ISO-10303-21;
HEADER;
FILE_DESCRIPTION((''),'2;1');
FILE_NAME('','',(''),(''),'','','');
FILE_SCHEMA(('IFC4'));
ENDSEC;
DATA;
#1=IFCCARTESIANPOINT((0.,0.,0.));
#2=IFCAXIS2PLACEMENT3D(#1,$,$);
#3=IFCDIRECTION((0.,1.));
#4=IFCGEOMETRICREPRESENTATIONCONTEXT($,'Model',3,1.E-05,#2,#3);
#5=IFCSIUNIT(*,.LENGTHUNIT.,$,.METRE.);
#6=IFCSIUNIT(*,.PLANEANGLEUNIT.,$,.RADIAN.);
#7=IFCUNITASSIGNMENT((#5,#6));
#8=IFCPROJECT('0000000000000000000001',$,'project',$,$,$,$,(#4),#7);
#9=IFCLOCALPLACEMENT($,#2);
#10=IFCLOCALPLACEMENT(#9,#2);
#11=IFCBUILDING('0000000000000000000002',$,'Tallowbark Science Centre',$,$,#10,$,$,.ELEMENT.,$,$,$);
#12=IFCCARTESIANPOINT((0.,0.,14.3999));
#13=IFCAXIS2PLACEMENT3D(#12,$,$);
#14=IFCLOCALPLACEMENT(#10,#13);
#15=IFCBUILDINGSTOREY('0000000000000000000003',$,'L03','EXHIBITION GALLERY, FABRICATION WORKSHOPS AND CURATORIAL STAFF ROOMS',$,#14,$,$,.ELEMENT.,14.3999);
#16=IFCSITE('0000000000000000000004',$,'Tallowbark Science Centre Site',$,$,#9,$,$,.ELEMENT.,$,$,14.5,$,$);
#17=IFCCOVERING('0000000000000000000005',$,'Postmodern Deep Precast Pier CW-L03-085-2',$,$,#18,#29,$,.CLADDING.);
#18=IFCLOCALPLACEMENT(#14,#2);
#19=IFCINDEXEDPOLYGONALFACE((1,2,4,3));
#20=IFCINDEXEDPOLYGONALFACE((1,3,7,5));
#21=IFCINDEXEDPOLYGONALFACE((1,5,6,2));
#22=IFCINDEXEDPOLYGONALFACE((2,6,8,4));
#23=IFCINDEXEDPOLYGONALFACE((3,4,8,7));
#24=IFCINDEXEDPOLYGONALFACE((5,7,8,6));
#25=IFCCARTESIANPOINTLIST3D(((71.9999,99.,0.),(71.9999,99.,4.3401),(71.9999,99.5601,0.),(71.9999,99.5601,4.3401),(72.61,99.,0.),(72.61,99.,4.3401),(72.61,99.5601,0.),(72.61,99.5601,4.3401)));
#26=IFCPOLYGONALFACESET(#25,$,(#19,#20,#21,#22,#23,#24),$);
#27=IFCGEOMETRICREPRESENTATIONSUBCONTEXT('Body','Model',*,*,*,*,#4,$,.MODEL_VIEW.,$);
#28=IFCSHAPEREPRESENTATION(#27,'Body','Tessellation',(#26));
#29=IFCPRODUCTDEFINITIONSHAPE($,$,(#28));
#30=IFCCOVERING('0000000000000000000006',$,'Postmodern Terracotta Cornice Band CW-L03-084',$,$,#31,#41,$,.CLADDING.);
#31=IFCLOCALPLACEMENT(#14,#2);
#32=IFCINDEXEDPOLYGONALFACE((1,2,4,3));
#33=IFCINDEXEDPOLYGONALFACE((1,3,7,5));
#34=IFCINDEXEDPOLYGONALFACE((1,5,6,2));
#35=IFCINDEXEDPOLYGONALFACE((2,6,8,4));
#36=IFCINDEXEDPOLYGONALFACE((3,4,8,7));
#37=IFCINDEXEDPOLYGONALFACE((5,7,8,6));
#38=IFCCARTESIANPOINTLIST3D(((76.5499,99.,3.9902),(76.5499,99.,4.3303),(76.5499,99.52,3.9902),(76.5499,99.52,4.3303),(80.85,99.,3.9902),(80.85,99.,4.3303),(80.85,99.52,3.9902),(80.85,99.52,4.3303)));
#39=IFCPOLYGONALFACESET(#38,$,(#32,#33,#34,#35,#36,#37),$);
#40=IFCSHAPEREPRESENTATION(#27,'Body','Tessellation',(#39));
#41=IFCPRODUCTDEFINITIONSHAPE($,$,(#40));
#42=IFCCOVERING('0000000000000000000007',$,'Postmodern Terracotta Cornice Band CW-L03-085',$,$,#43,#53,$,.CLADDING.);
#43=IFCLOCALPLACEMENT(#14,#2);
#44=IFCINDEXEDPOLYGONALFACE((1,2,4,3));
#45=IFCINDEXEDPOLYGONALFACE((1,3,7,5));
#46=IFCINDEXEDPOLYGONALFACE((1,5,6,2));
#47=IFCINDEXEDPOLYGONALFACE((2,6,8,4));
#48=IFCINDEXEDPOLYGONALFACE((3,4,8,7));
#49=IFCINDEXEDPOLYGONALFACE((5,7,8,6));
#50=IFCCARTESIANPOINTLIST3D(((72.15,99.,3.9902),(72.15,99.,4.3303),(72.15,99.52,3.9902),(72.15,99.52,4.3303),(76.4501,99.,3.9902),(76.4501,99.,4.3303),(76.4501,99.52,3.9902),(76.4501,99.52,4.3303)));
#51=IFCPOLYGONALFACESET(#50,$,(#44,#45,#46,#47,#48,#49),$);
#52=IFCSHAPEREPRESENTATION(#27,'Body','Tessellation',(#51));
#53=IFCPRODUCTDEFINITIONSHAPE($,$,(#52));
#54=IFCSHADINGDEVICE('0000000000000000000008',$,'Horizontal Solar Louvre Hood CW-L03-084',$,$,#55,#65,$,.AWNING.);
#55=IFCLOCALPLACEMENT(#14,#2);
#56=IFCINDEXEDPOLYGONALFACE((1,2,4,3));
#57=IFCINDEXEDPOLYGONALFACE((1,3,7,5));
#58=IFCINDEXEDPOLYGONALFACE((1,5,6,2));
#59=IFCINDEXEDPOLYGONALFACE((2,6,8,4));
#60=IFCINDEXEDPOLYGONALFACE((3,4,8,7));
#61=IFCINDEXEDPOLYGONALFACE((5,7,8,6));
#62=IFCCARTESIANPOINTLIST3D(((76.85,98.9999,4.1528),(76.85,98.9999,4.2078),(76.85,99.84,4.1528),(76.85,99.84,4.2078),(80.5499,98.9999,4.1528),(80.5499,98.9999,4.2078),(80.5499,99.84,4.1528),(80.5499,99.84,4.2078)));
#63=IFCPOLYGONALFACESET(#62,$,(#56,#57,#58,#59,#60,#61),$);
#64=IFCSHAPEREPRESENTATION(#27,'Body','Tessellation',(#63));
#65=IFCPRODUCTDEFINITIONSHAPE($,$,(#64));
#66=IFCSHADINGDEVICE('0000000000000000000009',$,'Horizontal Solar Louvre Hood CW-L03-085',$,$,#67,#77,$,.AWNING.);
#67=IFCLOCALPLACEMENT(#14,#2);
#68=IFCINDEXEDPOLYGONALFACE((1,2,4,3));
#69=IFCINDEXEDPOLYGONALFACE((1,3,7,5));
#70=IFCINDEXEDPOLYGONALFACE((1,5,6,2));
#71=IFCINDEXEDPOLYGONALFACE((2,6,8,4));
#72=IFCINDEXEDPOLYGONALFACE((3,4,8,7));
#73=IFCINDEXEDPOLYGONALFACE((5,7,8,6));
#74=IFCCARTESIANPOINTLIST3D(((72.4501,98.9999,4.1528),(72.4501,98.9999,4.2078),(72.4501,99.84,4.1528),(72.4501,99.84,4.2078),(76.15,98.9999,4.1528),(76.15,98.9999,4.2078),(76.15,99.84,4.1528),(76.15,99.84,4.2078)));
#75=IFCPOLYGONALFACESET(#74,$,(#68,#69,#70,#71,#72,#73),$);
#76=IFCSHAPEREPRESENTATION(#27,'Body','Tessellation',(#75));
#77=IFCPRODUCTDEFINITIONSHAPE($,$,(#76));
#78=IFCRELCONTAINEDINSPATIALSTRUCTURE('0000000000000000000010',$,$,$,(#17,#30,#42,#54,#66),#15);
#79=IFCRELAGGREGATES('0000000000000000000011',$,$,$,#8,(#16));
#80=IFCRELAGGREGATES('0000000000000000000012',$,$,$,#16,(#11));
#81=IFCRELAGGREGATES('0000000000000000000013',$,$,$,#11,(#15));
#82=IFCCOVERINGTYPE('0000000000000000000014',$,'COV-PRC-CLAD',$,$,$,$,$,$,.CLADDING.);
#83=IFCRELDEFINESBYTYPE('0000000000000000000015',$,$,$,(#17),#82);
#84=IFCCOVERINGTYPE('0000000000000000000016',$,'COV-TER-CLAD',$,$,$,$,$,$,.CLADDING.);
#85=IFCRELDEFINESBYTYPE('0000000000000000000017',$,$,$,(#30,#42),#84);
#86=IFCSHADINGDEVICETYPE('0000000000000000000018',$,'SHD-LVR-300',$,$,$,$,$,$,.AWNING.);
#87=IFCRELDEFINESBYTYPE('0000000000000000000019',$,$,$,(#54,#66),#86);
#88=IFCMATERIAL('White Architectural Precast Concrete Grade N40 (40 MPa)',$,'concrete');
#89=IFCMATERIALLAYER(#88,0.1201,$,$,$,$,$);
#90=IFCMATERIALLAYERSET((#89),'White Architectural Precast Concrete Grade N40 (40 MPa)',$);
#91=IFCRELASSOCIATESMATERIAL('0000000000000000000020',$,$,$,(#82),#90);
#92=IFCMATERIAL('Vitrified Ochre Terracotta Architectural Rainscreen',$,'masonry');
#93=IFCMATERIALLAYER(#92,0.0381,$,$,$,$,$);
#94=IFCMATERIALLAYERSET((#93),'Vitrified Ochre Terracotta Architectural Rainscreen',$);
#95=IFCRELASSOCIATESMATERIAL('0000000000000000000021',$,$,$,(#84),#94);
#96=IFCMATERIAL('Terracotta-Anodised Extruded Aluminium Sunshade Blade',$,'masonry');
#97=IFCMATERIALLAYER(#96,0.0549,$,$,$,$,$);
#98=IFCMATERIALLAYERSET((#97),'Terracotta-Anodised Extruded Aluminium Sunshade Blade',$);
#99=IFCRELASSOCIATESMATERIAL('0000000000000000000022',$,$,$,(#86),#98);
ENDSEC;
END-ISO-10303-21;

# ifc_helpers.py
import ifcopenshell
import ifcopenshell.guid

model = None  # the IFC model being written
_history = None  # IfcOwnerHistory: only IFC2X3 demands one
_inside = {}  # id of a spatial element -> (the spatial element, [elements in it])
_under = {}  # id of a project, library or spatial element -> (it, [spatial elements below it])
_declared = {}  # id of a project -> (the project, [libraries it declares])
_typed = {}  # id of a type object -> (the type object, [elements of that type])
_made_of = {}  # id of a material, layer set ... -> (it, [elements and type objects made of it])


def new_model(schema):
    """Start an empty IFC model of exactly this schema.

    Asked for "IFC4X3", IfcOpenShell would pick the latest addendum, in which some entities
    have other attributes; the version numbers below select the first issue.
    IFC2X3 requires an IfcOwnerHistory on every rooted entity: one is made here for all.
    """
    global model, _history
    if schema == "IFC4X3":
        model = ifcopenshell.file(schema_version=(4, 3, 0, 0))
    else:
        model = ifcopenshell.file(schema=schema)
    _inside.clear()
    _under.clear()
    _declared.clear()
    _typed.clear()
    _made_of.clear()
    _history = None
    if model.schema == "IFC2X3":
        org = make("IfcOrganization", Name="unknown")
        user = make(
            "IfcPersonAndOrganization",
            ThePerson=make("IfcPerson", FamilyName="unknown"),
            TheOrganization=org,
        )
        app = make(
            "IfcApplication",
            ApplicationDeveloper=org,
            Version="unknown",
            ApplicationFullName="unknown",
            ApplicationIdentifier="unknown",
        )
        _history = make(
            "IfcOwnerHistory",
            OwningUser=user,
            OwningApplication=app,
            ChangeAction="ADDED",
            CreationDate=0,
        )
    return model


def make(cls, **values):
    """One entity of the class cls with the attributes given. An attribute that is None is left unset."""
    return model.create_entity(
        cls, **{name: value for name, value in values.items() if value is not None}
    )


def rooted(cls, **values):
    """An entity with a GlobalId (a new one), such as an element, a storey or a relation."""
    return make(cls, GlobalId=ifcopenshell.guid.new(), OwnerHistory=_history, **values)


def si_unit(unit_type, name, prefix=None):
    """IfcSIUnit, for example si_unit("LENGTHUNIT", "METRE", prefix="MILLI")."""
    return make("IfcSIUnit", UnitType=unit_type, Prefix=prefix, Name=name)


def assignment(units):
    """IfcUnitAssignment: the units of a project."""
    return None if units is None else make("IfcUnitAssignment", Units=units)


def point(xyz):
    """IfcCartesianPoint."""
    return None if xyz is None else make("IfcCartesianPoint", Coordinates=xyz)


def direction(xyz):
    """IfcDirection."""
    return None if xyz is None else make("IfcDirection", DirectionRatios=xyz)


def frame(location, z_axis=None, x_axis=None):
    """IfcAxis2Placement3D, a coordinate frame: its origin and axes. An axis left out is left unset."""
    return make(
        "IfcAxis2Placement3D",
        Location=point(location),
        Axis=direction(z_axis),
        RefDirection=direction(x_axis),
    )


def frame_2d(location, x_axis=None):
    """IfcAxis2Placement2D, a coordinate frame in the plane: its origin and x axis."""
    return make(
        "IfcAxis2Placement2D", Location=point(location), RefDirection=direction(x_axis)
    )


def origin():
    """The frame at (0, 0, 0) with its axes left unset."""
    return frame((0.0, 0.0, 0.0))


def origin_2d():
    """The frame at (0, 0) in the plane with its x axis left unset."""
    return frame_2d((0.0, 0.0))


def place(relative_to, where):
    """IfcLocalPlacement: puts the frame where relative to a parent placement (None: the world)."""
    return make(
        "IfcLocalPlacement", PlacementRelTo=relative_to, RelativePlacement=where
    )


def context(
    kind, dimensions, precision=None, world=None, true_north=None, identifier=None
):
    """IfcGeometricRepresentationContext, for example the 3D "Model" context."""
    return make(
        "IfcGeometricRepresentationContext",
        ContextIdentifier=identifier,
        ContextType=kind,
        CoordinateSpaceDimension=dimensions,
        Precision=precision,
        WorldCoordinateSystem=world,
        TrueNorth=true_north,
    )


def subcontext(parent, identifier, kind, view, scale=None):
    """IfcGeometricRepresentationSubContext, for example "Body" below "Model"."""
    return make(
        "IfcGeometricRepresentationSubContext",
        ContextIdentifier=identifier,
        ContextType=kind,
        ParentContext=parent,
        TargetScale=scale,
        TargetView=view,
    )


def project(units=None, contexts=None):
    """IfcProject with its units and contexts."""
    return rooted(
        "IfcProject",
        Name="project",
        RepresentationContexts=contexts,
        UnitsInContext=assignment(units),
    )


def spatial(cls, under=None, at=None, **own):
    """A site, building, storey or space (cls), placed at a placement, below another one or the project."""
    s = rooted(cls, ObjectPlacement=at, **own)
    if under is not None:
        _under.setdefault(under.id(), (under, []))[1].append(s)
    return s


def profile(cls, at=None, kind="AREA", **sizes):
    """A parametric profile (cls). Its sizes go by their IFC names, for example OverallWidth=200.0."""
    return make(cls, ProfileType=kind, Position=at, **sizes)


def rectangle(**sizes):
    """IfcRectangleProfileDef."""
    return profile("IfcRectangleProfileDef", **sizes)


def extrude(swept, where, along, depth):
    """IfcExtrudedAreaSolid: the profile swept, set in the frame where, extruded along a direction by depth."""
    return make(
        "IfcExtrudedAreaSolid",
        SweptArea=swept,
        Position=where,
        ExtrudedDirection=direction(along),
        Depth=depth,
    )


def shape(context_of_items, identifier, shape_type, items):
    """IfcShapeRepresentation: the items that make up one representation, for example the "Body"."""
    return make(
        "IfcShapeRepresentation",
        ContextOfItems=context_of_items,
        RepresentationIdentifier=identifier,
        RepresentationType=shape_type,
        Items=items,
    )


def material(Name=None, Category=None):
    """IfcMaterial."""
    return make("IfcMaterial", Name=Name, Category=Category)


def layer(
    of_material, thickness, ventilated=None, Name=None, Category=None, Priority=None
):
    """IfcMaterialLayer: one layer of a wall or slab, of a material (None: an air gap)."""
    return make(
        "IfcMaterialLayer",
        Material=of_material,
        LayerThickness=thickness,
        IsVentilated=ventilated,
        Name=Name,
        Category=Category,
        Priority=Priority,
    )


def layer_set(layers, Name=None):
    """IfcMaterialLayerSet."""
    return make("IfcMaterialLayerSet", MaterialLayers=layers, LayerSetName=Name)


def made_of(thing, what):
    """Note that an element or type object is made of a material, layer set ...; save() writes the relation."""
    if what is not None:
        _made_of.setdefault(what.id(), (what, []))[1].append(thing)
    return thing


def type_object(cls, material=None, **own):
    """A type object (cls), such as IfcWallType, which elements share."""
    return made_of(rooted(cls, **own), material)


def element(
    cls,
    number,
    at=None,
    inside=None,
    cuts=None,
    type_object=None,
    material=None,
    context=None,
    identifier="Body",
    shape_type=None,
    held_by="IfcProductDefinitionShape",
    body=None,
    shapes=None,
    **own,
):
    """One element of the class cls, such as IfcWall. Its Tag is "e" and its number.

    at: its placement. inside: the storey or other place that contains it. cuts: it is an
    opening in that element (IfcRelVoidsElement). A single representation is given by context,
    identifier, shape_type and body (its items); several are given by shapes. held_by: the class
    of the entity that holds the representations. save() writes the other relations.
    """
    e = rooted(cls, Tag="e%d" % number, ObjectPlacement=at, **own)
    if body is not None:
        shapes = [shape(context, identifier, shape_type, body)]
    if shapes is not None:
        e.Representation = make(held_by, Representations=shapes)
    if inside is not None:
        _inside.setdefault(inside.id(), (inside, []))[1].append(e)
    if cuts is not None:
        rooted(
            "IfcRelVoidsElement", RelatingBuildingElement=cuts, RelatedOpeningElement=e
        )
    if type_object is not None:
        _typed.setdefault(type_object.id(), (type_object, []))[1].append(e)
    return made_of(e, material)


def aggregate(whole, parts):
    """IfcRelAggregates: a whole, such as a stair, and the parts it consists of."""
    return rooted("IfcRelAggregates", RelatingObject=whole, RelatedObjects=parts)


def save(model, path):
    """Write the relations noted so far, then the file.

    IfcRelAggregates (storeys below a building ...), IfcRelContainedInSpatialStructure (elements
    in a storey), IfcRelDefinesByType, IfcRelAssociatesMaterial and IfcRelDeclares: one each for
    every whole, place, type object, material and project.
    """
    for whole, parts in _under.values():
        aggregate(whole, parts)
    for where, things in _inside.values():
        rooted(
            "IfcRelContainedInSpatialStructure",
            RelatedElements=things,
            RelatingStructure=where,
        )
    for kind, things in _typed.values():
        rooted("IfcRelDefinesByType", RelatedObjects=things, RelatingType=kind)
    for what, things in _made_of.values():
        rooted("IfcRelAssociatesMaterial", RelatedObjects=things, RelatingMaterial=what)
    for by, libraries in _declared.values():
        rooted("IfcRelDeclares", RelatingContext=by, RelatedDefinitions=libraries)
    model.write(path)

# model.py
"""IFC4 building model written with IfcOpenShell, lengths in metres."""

from ifc_helpers import new_model, si_unit, direction, frame, origin, origin_2d, place, context, subcontext, project, spatial, rectangle, extrude, material, layer, layer_set, type_object, element, save


model = new_model("IFC4")

# Units and contexts
model_context = context("Model", 3, precision=1e-05, world=origin(), true_north=direction((0.0, 1.0)))
body_context = subcontext(model_context, "Body", "Model", "MODEL_VIEW")
ifc_project = project(units=[si_unit("LENGTHUNIT", "METRE"), si_unit("PLANEANGLEUNIT", "RADIAN")], contexts=[model_context])

# Site, building, storey
site_placement = place(None, origin())
site = spatial("IfcSite", under=ifc_project, at=site_placement, Name="Tallowbark Science Centre Site", CompositionType="ELEMENT", RefElevation=14.5)
building_placement = place(site_placement, origin())
building = spatial("IfcBuilding", under=site, at=building_placement, Name="Tallowbark Science Centre", CompositionType="ELEMENT")
storey_placement = place(building_placement, frame((0.0, 0.0, 14.3999)))
storey = spatial("IfcBuildingStorey", under=building, at=storey_placement, Name="L03", Description="EXHIBITION GALLERY, FABRICATION WORKSHOPS AND CURATORIAL STAFF ROOMS", CompositionType="ELEMENT", Elevation=14.3999)

# Coverings
ifc_material_1 = material(Name="White Architectural Precast Concrete Grade N40 (40 MPa)", Category="concrete")
ifc_layer_1 = layer(ifc_material_1, 0.1201)
ifc_layer_set_1 = layer_set([ifc_layer_1], Name="White Architectural Precast Concrete Grade N40 (40 MPa)")
covering_type_1 = type_object("IfcCoveringType", Name="COV-PRC-CLAD", PredefinedType="CLADDING", material=ifc_layer_set_1)
covering_1_placement = place(storey_placement, frame((72.3049, 99.28, 0.0), z_axis=(0.0, 0.0, 1.0), x_axis=(-1.0, 0.0, 0.0)))
element("IfcCovering", 1, at=covering_1_placement, inside=storey, type_object=covering_type_1, Name="Postmodern Deep Precast Pier CW-L03-085-2", PredefinedType="CLADDING", context=body_context, shape_type="SweptSolid", body=[
    extrude(rectangle(XDim=0.6101, YDim=0.5601, at=origin_2d()), origin(), (0.0, 0.0, 1.0), 4.3401),
])
ifc_material_2 = material(Name="Vitrified Ochre Terracotta Architectural Rainscreen", Category="masonry")
ifc_layer_2 = layer(ifc_material_2, 0.0381)
ifc_layer_set_2 = layer_set([ifc_layer_2], Name="Vitrified Ochre Terracotta Architectural Rainscreen")
covering_type_2 = type_object("IfcCoveringType", Name="COV-TER-CLAD", PredefinedType="CLADDING", material=ifc_layer_set_2)
for number, where, z_axis, x_axis, name in (
    (2, (78.7, 99.26, 3.9902), (0.0, 0.0, 1.0), (-1.0, 0.0, 0.0), "Postmodern Terracotta Cornice Band CW-L03-084"),
    (3, (74.3, 99.26, 3.9902), (0.0, 0.0, 1.0), (-1.0, 0.0, 0.0), "Postmodern Terracotta Cornice Band CW-L03-085"),
):
    element("IfcCovering", number, at=place(storey_placement, frame(where, z_axis=z_axis, x_axis=x_axis)), inside=storey, type_object=covering_type_2, Name=name, PredefinedType="CLADDING", context=body_context, shape_type="SweptSolid", body=[
        extrude(rectangle(XDim=4.3, YDim=0.52, at=origin_2d()), origin(), (0.0, 0.0, 1.0), 0.3401),
    ])

# Shading devices
ifc_material_3 = material(Name="Terracotta-Anodised Extruded Aluminium Sunshade Blade", Category="masonry")
ifc_layer_3 = layer(ifc_material_3, 0.0549)
ifc_layer_set_3 = layer_set([ifc_layer_3], Name="Terracotta-Anodised Extruded Aluminium Sunshade Blade")
shading_device_type = type_object("IfcShadingDeviceType", Name="SHD-LVR-300", PredefinedType="AWNING", material=ifc_layer_set_3)
for number, where, z_axis, x_axis, name in (
    (4, (78.7, 99.4199, 4.1528), (0.0, 0.0, 1.0), (-1.0, 0.0, 0.0), "Horizontal Solar Louvre Hood CW-L03-084"),
    (5, (74.3, 99.4199, 4.1528), (0.0, 0.0, 1.0), (-1.0, 0.0, 0.0), "Horizontal Solar Louvre Hood CW-L03-085"),
):
    element("IfcShadingDevice", number, at=place(storey_placement, frame(where, z_axis=z_axis, x_axis=x_axis)), inside=storey, type_object=shading_device_type, Name=name, PredefinedType="AWNING", context=body_context, shape_type="SweptSolid", body=[
        extrude(rectangle(XDim=3.7, YDim=0.8401, at=origin_2d()), origin(), (0.0, 0.0, 1.0), 0.0549),
    ])

save(model, "model.ifc")
